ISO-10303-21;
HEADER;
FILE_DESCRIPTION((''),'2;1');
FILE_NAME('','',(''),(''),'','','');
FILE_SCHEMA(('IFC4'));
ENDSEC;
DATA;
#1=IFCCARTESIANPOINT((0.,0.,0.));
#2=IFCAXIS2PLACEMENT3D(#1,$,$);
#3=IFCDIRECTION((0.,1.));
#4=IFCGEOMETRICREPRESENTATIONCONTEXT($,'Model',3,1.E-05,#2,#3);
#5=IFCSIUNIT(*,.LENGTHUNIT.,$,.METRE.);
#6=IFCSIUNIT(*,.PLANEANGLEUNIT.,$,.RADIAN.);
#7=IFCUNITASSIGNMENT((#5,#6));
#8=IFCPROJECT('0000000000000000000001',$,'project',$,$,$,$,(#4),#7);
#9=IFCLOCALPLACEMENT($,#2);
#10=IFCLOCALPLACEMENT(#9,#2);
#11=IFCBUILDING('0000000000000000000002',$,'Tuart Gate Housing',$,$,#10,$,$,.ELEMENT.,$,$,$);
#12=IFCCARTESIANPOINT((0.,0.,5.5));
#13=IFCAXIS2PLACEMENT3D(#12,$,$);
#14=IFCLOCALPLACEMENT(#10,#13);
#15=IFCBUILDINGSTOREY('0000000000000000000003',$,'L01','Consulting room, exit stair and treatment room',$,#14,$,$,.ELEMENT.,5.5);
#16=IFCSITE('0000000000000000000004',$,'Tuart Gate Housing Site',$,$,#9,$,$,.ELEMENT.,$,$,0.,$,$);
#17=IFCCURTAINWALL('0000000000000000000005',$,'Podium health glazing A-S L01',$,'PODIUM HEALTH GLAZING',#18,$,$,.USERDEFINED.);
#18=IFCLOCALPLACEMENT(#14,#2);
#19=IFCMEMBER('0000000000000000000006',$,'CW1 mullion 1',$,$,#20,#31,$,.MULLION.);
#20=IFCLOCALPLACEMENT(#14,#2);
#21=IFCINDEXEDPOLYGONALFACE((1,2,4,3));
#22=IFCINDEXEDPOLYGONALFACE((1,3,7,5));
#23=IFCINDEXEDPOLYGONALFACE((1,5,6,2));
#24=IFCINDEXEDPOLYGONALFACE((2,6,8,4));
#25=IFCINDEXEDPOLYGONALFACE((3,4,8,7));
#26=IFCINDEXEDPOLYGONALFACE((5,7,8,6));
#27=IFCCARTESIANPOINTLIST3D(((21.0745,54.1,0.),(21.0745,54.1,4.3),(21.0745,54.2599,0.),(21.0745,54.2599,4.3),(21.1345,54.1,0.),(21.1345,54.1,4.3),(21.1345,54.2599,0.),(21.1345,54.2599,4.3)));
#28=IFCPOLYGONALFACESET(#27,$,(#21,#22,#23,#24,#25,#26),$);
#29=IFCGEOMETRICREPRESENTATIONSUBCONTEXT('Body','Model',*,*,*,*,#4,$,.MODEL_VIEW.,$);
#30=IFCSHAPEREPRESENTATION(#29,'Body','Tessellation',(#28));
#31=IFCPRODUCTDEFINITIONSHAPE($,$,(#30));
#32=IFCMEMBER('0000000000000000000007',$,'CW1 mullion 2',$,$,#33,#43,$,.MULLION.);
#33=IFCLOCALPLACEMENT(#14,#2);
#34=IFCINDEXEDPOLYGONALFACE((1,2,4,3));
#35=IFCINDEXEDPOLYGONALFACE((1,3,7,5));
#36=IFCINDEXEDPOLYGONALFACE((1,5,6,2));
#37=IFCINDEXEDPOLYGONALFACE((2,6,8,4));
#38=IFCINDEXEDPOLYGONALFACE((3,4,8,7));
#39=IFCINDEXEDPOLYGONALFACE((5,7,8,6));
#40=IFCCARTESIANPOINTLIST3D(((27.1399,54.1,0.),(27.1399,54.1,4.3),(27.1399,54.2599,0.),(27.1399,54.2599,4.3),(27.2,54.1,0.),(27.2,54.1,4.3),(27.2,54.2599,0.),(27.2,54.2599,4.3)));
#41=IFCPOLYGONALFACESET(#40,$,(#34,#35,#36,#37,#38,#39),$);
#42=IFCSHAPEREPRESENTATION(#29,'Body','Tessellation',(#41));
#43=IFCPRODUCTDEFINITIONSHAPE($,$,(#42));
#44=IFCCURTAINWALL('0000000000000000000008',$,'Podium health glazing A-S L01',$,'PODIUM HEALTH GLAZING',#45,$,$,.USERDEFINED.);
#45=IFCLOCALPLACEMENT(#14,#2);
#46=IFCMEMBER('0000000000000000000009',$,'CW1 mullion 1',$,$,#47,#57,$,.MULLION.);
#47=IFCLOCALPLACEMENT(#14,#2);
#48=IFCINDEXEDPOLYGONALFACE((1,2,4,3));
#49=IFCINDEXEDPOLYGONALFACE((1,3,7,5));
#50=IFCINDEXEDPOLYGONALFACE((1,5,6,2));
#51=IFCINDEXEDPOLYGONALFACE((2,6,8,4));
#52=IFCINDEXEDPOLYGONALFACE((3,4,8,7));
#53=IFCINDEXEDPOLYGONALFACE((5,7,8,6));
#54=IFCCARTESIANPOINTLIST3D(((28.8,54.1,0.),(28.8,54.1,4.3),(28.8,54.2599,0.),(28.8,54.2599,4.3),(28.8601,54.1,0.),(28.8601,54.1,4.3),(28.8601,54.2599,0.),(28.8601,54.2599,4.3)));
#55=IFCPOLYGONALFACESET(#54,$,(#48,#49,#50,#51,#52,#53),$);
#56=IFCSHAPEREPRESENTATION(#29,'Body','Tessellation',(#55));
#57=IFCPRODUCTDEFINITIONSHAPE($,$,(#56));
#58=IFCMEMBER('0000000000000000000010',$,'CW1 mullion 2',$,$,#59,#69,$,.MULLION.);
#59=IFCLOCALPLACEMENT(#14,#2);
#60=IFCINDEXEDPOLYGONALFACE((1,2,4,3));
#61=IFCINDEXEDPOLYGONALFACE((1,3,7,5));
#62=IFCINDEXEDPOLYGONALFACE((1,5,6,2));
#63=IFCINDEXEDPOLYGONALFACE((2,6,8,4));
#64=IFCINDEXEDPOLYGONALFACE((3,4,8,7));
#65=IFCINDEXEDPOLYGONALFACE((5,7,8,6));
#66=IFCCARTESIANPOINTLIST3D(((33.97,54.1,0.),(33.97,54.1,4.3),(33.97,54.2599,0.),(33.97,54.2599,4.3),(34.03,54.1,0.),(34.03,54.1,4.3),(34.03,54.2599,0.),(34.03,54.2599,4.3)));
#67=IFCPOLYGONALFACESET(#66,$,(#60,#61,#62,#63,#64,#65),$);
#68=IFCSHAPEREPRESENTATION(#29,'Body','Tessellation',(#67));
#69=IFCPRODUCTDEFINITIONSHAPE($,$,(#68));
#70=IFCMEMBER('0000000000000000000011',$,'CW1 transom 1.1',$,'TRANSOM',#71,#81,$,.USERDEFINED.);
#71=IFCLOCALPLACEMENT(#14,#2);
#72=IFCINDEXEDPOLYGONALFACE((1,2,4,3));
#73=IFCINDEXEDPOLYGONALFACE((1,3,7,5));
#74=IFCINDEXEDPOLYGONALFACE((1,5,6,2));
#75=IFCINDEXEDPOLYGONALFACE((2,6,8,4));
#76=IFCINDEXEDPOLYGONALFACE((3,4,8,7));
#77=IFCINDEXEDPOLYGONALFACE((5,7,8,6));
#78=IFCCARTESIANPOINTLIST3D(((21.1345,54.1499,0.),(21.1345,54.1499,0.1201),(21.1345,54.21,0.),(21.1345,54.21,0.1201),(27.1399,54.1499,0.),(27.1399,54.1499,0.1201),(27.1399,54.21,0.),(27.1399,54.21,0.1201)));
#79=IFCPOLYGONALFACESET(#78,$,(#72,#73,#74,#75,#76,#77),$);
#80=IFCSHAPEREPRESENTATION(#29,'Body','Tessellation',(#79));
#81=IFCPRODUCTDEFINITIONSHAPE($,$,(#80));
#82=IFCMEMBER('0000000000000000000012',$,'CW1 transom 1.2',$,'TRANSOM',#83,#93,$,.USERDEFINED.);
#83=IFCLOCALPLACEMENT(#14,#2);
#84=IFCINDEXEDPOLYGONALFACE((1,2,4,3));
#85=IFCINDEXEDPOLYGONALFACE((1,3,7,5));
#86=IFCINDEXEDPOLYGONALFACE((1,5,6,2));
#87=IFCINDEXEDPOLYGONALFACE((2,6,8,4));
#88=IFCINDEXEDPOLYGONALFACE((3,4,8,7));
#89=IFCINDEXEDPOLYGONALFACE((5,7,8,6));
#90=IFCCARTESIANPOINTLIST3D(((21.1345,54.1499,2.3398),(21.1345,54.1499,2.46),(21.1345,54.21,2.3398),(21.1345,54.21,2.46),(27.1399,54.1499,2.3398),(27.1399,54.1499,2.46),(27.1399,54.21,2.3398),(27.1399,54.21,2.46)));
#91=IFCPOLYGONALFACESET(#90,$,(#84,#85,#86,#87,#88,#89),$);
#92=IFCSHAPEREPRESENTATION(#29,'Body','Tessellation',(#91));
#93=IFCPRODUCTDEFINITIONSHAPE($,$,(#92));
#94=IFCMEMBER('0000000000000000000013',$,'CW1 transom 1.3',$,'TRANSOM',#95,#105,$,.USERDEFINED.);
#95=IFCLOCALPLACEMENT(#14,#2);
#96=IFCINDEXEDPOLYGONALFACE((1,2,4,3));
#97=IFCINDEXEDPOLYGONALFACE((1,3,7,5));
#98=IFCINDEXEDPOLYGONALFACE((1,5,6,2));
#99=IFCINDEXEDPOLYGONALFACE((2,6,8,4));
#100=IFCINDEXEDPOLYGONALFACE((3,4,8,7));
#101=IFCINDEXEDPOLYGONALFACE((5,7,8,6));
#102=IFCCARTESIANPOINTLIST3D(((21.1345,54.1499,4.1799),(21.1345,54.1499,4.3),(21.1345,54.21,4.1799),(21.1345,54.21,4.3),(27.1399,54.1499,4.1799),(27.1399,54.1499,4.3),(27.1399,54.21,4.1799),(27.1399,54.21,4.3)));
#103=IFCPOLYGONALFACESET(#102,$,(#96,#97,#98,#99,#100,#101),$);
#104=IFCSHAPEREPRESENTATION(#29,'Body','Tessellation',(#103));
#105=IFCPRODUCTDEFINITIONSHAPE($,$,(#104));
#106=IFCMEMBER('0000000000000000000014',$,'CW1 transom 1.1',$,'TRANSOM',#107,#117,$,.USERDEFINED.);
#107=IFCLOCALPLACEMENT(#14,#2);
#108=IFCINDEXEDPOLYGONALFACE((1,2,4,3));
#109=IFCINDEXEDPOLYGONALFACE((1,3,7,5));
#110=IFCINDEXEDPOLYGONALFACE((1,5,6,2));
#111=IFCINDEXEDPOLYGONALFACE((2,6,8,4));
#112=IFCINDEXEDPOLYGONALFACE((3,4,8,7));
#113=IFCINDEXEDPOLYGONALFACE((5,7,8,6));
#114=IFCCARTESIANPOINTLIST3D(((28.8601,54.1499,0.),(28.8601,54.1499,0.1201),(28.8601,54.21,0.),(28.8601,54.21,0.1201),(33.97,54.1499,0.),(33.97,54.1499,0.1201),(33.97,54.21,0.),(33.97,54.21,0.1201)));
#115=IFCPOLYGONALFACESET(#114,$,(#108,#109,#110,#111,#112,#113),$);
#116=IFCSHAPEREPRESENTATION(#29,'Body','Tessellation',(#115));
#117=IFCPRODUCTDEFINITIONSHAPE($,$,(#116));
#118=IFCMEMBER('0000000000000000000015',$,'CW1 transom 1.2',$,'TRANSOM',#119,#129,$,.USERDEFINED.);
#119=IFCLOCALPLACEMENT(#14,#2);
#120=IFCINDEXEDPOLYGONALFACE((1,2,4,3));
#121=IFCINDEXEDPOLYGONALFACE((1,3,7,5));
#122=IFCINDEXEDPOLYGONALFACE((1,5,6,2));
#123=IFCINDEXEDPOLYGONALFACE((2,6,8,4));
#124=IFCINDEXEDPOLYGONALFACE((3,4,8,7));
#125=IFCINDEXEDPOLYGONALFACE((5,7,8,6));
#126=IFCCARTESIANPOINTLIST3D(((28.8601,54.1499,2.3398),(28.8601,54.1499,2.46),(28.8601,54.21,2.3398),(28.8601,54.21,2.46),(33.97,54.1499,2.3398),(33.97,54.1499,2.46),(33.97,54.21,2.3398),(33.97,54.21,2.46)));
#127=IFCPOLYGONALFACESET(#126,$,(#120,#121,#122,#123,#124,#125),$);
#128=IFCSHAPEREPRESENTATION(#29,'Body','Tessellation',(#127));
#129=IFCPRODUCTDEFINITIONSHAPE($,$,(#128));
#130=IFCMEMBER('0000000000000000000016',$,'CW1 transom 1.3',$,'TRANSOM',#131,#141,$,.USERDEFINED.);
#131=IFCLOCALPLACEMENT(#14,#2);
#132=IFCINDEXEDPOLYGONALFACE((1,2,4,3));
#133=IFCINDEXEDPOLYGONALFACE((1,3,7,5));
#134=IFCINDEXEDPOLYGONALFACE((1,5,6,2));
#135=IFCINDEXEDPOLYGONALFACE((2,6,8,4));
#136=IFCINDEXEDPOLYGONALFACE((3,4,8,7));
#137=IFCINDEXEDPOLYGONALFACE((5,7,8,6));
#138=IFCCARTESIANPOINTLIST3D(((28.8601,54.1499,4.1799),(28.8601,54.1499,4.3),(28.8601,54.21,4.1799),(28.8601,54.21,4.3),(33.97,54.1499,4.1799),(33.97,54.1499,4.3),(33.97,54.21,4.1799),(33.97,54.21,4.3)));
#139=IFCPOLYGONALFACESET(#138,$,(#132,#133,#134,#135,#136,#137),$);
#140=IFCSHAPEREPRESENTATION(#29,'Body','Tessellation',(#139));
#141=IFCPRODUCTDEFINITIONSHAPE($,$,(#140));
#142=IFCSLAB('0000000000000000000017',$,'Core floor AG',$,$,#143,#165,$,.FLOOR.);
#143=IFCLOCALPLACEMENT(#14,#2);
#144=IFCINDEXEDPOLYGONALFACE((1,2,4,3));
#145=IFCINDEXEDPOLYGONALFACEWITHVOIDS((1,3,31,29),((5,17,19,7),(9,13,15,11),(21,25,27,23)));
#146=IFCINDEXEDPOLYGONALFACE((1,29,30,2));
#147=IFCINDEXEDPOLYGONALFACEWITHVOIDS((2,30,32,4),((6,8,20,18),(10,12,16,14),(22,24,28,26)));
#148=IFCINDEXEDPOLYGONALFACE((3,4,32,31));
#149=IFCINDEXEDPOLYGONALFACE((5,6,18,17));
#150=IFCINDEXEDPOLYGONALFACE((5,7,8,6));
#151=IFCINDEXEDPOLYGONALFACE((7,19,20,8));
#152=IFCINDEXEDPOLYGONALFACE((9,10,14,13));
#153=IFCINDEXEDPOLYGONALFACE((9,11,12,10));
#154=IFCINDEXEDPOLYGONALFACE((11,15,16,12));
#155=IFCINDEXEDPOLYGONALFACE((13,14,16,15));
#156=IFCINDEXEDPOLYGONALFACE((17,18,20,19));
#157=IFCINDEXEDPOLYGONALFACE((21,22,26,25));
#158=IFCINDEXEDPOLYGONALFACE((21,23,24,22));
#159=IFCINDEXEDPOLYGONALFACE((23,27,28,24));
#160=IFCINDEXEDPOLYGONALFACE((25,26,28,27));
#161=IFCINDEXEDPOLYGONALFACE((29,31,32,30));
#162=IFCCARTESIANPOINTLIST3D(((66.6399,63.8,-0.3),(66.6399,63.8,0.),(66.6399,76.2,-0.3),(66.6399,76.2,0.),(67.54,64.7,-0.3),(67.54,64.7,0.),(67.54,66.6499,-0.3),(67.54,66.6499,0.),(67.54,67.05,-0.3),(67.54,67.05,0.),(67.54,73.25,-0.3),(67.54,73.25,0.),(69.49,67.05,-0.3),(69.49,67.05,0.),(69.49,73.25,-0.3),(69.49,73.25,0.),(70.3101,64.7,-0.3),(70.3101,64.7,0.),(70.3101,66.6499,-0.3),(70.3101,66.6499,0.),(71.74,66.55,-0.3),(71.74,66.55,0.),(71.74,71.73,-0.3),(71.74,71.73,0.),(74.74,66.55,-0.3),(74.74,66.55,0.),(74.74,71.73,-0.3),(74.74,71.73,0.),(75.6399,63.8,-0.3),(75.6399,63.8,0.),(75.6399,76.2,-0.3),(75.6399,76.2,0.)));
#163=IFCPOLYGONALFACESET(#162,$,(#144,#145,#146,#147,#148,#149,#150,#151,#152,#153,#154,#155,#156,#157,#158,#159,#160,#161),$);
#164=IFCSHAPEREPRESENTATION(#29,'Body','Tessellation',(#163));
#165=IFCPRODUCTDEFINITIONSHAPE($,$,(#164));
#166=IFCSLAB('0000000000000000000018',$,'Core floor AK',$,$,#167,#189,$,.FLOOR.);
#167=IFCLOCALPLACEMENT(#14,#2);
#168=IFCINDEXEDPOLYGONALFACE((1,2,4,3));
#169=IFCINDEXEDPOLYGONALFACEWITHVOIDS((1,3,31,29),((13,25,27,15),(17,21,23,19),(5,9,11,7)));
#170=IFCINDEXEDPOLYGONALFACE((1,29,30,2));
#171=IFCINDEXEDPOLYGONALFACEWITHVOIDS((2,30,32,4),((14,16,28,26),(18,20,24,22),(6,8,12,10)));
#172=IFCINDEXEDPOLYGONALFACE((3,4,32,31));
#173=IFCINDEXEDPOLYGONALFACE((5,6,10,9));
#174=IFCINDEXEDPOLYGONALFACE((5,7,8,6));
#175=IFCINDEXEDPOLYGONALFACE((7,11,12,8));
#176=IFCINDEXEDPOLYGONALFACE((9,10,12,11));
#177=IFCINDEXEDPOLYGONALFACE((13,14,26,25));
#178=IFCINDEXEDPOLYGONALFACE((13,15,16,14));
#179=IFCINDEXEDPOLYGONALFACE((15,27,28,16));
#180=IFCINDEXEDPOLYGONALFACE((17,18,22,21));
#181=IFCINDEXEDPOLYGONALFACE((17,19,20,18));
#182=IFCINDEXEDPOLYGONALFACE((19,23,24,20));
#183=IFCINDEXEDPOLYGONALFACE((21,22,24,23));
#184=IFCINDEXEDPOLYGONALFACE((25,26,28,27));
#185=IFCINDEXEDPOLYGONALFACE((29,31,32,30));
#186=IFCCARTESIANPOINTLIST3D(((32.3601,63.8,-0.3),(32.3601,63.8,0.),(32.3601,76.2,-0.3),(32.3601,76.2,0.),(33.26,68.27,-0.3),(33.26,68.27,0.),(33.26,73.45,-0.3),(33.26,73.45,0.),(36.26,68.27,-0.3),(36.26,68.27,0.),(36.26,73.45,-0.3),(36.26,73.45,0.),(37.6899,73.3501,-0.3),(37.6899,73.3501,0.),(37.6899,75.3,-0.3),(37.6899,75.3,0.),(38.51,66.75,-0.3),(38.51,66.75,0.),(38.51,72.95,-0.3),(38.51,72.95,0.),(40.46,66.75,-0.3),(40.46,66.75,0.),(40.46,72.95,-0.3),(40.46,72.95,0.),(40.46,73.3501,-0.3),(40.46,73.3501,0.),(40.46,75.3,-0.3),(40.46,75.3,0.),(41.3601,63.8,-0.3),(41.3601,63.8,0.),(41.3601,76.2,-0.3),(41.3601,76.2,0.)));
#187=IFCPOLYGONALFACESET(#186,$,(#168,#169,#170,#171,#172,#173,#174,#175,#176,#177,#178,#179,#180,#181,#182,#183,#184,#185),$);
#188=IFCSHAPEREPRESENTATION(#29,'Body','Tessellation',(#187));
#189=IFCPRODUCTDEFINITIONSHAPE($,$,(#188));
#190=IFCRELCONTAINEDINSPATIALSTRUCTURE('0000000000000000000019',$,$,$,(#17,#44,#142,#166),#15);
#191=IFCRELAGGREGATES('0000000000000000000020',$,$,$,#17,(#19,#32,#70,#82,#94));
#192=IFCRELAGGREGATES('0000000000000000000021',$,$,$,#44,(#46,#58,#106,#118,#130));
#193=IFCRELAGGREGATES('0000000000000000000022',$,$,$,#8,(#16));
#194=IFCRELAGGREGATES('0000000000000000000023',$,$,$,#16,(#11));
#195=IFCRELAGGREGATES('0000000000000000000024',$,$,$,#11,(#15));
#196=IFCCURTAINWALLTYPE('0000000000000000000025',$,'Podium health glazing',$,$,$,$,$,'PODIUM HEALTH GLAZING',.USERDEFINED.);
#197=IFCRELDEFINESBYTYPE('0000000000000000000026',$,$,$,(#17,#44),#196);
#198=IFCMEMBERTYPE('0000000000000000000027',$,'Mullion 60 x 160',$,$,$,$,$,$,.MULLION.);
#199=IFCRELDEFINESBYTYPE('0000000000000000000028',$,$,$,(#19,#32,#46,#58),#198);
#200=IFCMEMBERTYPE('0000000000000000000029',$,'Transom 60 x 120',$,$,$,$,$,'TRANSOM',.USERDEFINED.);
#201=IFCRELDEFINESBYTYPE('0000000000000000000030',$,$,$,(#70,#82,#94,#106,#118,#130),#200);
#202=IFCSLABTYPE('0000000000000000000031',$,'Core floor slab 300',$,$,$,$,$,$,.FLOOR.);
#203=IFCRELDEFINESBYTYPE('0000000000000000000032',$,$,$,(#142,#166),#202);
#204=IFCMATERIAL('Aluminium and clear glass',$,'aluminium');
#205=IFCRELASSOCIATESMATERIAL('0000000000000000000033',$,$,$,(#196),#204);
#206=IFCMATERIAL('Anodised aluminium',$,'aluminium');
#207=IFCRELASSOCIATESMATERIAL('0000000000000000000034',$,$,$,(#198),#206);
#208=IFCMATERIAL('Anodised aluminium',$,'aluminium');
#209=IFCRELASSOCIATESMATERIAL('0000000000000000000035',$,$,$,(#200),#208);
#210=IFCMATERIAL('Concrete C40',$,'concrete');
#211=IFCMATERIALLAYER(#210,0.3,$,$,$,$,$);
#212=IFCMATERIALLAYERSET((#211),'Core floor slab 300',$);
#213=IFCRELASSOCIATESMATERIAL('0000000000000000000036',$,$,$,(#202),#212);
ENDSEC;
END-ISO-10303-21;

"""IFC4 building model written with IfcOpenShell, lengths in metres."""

from ifc_helpers import new_model, si_unit, direction, frame, origin, origin_2d, place, context, subcontext, project, spatial, polyline, rectangle, outline, extrude, material, layer, layer_set, material_profile, profile_set, type_object, element, aggregate, save


model = new_model("IFC4")

# Units and contexts
model_context = context("Model", 3, precision=1e-05, world=origin(), true_north=direction((0.0, 1.0)))
body_context = subcontext(model_context, "Body", "Model", "MODEL_VIEW")
ifc_project = project(units=[si_unit("LENGTHUNIT", "METRE"), si_unit("PLANEANGLEUNIT", "RADIAN")], contexts=[model_context])

# Site, building, storey
site_placement = place(None, origin())
site = spatial("IfcSite", under=ifc_project, at=site_placement, Name="Tuart Gate Housing Site", CompositionType="ELEMENT", RefElevation=0.0)
building_placement = place(site_placement, origin())
building = spatial("IfcBuilding", under=site, at=building_placement, Name="Tuart Gate Housing", CompositionType="ELEMENT")
storey_placement = place(building_placement, frame((0.0, 0.0, 5.5)))
storey = spatial("IfcBuildingStorey", under=building, at=storey_placement, Name="L01", Description="Consulting room, exit stair and treatment room", CompositionType="ELEMENT", Elevation=5.5)

# Curtain walls, members
ifc_material_1 = material(Name="Aluminium and clear glass", Category="aluminium")
curtain_wall_type = type_object("IfcCurtainWallType", Name="Podium health glazing", ElementType="PODIUM HEALTH GLAZING", PredefinedType="USERDEFINED", material=ifc_material_1)
curtain_wall_1_placement = place(storey_placement, origin())
curtain_wall_1 = element("IfcCurtainWall", 1, at=curtain_wall_1_placement, inside=storey, type_object=curtain_wall_type, Name="Podium health glazing A-S L01", ObjectType="PODIUM HEALTH GLAZING", PredefinedType="USERDEFINED")
ifc_material_2 = material(Name="Anodised aluminium", Category="aluminium")
ifc_material_profile_1 = material_profile(ifc_material_2, rectangle(XDim=0.0601, YDim=0.1599, at=origin_2d()), Name="60x160")
ifc_profile_set_1 = profile_set([ifc_material_profile_1], Name="Anodised aluminium")
member_type_1 = type_object("IfcMemberType", Name="Mullion 60 x 160", PredefinedType="MULLION", material=ifc_profile_set_1)
member_1_placement = place(storey_placement, frame((21.1045, 54.1799, 0.0), z_axis=(0.0, 0.0, 1.0), x_axis=(1.0, 0.0, 0.0)))
member_1 = element("IfcMember", 2, at=member_1_placement, type_object=member_type_1, Name="CW1 mullion 1", PredefinedType="MULLION", context=body_context, shape_type="SweptSolid", body=[
    extrude(rectangle(XDim=0.0601, YDim=0.1599, at=origin_2d()), origin(), (0.0, 0.0, 1.0), 4.3),
])
member_2_placement = place(storey_placement, frame((27.1699, 54.1799, 0.0), z_axis=(0.0, 0.0, 1.0), x_axis=(1.0, 0.0, 0.0)))
member_2 = element("IfcMember", 3, at=member_2_placement, type_object=member_type_1, Name="CW1 mullion 2", PredefinedType="MULLION", context=body_context, shape_type="SweptSolid", body=[
    extrude(rectangle(XDim=0.0601, YDim=0.1599, at=origin_2d()), origin(), (0.0, 0.0, 1.0), 4.3),
])
curtain_wall_2_placement = place(storey_placement, origin())
curtain_wall_2 = element("IfcCurtainWall", 4, at=curtain_wall_2_placement, inside=storey, type_object=curtain_wall_type, Name="Podium health glazing A-S L01", ObjectType="PODIUM HEALTH GLAZING", PredefinedType="USERDEFINED")
member_3_placement = place(storey_placement, frame((28.8301, 54.1799, 0.0), z_axis=(0.0, 0.0, 1.0), x_axis=(1.0, 0.0, 0.0)))
member_3 = element("IfcMember", 5, at=member_3_placement, type_object=member_type_1, Name="CW1 mullion 1", PredefinedType="MULLION", context=body_context, shape_type="SweptSolid", body=[
    extrude(rectangle(XDim=0.0601, YDim=0.1599, at=origin_2d()), origin(), (0.0, 0.0, 1.0), 4.3),
])
member_4_placement = place(storey_placement, frame((34.0, 54.1799, 0.0), z_axis=(0.0, 0.0, 1.0), x_axis=(1.0, 0.0, 0.0)))
member_4 = element("IfcMember", 6, at=member_4_placement, type_object=member_type_1, Name="CW1 mullion 2", PredefinedType="MULLION", context=body_context, shape_type="SweptSolid", body=[
    extrude(rectangle(XDim=0.0601, YDim=0.1599, at=origin_2d()), origin(), (0.0, 0.0, 1.0), 4.3),
])

# Members
ifc_material_3 = material(Name="Anodised aluminium", Category="aluminium")
ifc_material_profile_2 = material_profile(ifc_material_3, rectangle(XDim=0.0601, YDim=0.1201, at=origin_2d()), Name="60x120")
ifc_profile_set_2 = profile_set([ifc_material_profile_2], Name="Anodised aluminium")
member_type_2 = type_object("IfcMemberType", Name="Transom 60 x 120", ElementType="TRANSOM", PredefinedType="USERDEFINED", material=ifc_profile_set_2)
member_5_placement = place(storey_placement, frame((21.1345, 54.1799, 0.0601), z_axis=(1.0, 0.0, 0.0), x_axis=(0.0, 1.0, 0.0)))
member_5 = element("IfcMember", 7, at=member_5_placement, type_object=member_type_2, Name="CW1 transom 1.1", ObjectType="TRANSOM", PredefinedType="USERDEFINED", context=body_context, shape_type="SweptSolid", body=[
    extrude(rectangle(XDim=0.0601, YDim=0.1201, at=origin_2d()), origin(), (0.0, 0.0, 1.0), 6.0054),
])
member_6_placement = place(storey_placement, frame((21.1345, 54.1799, 2.3999), z_axis=(1.0, 0.0, 0.0), x_axis=(0.0, 1.0, 0.0)))
member_6 = element("IfcMember", 8, at=member_6_placement, type_object=member_type_2, Name="CW1 transom 1.2", ObjectType="TRANSOM", PredefinedType="USERDEFINED", context=body_context, shape_type="SweptSolid", body=[
    extrude(rectangle(XDim=0.0601, YDim=0.1201, at=origin_2d()), origin(), (0.0, 0.0, 1.0), 6.0054),
])
member_7_placement = place(storey_placement, frame((21.1345, 54.1799, 4.24), z_axis=(1.0, 0.0, 0.0), x_axis=(0.0, 1.0, 0.0)))
member_7 = element("IfcMember", 9, at=member_7_placement, type_object=member_type_2, Name="CW1 transom 1.3", ObjectType="TRANSOM", PredefinedType="USERDEFINED", context=body_context, shape_type="SweptSolid", body=[
    extrude(rectangle(XDim=0.0601, YDim=0.1201, at=origin_2d()), origin(), (0.0, 0.0, 1.0), 6.0054),
])
member_8_placement = place(storey_placement, frame((28.8601, 54.1799, 0.0601), z_axis=(1.0, 0.0, 0.0), x_axis=(0.0, 1.0, 0.0)))
member_8 = element("IfcMember", 10, at=member_8_placement, type_object=member_type_2, Name="CW1 transom 1.1", ObjectType="TRANSOM", PredefinedType="USERDEFINED", context=body_context, shape_type="SweptSolid", body=[
    extrude(rectangle(XDim=0.0601, YDim=0.1201, at=origin_2d()), origin(), (0.0, 0.0, 1.0), 5.1099),
])
member_9_placement = place(storey_placement, frame((28.8601, 54.1799, 2.3999), z_axis=(1.0, 0.0, 0.0), x_axis=(0.0, 1.0, 0.0)))
member_9 = element("IfcMember", 11, at=member_9_placement, type_object=member_type_2, Name="CW1 transom 1.2", ObjectType="TRANSOM", PredefinedType="USERDEFINED", context=body_context, shape_type="SweptSolid", body=[
    extrude(rectangle(XDim=0.0601, YDim=0.1201, at=origin_2d()), origin(), (0.0, 0.0, 1.0), 5.1099),
])
member_10_placement = place(storey_placement, frame((28.8601, 54.1799, 4.24), z_axis=(1.0, 0.0, 0.0), x_axis=(0.0, 1.0, 0.0)))
member_10 = element("IfcMember", 12, at=member_10_placement, type_object=member_type_2, Name="CW1 transom 1.3", ObjectType="TRANSOM", PredefinedType="USERDEFINED", context=body_context, shape_type="SweptSolid", body=[
    extrude(rectangle(XDim=0.0601, YDim=0.1201, at=origin_2d()), origin(), (0.0, 0.0, 1.0), 5.1099),
])

# Slabs
ifc_material_4 = material(Name="Concrete C40", Category="concrete")
ifc_layer_1 = layer(ifc_material_4, 0.3)
ifc_layer_set_1 = layer_set([ifc_layer_1], Name="Core floor slab 300")
slab_type_1 = type_object("IfcSlabType", Name="Core floor slab 300", PredefinedType="FLOOR", material=ifc_layer_set_1)
slab_1_placement = place(storey_placement, frame((0.0, 0.0, -0.3)))
element("IfcSlab", 13, at=slab_1_placement, inside=storey, type_object=slab_type_1, Name="Core floor AG", PredefinedType="FLOOR", context=body_context, shape_type="SweptSolid", body=[
    extrude(outline(polyline([(66.6399, 63.8), (75.6399, 63.8), (75.6399, 76.2), (66.6399, 76.2), (66.6399, 63.8)]), holes=[polyline([(67.54, 64.7), (70.3101, 64.7), (70.3101, 66.6499), (67.54, 66.6499), (67.54, 64.7)]), polyline([(67.54, 67.05), (69.49, 67.05), (69.49, 73.25), (67.54, 73.25), (67.54, 67.05)]), polyline([(71.74, 66.55), (74.74, 66.55), (74.74, 71.73), (71.74, 71.73), (71.74, 66.55)])]), origin(), (0.0, 0.0, 1.0), 0.3),
])
slab_2_placement = place(storey_placement, frame((0.0, 0.0, -0.3)))
element("IfcSlab", 14, at=slab_2_placement, inside=storey, type_object=slab_type_1, Name="Core floor AK", PredefinedType="FLOOR", context=body_context, shape_type="SweptSolid", body=[
    extrude(outline(polyline([(32.3601, 63.8), (41.3601, 63.8), (41.3601, 76.2), (32.3601, 76.2), (32.3601, 63.8)]), holes=[polyline([(40.46, 75.3), (37.6899, 75.3), (37.6899, 73.3501), (40.46, 73.3501), (40.46, 75.3)]), polyline([(40.46, 72.95), (38.51, 72.95), (38.51, 66.75), (40.46, 66.75), (40.46, 72.95)]), polyline([(36.26, 73.45), (33.26, 73.45), (33.26, 68.27), (36.26, 68.27), (36.26, 73.45)])]), origin(), (0.0, 0.0, 1.0), 0.3),
])

aggregate(curtain_wall_1, [member_1, member_2, member_5, member_6, member_7])
aggregate(curtain_wall_2, [member_3, member_4, member_8, member_9, member_10])

save(model, "model.ifc")
